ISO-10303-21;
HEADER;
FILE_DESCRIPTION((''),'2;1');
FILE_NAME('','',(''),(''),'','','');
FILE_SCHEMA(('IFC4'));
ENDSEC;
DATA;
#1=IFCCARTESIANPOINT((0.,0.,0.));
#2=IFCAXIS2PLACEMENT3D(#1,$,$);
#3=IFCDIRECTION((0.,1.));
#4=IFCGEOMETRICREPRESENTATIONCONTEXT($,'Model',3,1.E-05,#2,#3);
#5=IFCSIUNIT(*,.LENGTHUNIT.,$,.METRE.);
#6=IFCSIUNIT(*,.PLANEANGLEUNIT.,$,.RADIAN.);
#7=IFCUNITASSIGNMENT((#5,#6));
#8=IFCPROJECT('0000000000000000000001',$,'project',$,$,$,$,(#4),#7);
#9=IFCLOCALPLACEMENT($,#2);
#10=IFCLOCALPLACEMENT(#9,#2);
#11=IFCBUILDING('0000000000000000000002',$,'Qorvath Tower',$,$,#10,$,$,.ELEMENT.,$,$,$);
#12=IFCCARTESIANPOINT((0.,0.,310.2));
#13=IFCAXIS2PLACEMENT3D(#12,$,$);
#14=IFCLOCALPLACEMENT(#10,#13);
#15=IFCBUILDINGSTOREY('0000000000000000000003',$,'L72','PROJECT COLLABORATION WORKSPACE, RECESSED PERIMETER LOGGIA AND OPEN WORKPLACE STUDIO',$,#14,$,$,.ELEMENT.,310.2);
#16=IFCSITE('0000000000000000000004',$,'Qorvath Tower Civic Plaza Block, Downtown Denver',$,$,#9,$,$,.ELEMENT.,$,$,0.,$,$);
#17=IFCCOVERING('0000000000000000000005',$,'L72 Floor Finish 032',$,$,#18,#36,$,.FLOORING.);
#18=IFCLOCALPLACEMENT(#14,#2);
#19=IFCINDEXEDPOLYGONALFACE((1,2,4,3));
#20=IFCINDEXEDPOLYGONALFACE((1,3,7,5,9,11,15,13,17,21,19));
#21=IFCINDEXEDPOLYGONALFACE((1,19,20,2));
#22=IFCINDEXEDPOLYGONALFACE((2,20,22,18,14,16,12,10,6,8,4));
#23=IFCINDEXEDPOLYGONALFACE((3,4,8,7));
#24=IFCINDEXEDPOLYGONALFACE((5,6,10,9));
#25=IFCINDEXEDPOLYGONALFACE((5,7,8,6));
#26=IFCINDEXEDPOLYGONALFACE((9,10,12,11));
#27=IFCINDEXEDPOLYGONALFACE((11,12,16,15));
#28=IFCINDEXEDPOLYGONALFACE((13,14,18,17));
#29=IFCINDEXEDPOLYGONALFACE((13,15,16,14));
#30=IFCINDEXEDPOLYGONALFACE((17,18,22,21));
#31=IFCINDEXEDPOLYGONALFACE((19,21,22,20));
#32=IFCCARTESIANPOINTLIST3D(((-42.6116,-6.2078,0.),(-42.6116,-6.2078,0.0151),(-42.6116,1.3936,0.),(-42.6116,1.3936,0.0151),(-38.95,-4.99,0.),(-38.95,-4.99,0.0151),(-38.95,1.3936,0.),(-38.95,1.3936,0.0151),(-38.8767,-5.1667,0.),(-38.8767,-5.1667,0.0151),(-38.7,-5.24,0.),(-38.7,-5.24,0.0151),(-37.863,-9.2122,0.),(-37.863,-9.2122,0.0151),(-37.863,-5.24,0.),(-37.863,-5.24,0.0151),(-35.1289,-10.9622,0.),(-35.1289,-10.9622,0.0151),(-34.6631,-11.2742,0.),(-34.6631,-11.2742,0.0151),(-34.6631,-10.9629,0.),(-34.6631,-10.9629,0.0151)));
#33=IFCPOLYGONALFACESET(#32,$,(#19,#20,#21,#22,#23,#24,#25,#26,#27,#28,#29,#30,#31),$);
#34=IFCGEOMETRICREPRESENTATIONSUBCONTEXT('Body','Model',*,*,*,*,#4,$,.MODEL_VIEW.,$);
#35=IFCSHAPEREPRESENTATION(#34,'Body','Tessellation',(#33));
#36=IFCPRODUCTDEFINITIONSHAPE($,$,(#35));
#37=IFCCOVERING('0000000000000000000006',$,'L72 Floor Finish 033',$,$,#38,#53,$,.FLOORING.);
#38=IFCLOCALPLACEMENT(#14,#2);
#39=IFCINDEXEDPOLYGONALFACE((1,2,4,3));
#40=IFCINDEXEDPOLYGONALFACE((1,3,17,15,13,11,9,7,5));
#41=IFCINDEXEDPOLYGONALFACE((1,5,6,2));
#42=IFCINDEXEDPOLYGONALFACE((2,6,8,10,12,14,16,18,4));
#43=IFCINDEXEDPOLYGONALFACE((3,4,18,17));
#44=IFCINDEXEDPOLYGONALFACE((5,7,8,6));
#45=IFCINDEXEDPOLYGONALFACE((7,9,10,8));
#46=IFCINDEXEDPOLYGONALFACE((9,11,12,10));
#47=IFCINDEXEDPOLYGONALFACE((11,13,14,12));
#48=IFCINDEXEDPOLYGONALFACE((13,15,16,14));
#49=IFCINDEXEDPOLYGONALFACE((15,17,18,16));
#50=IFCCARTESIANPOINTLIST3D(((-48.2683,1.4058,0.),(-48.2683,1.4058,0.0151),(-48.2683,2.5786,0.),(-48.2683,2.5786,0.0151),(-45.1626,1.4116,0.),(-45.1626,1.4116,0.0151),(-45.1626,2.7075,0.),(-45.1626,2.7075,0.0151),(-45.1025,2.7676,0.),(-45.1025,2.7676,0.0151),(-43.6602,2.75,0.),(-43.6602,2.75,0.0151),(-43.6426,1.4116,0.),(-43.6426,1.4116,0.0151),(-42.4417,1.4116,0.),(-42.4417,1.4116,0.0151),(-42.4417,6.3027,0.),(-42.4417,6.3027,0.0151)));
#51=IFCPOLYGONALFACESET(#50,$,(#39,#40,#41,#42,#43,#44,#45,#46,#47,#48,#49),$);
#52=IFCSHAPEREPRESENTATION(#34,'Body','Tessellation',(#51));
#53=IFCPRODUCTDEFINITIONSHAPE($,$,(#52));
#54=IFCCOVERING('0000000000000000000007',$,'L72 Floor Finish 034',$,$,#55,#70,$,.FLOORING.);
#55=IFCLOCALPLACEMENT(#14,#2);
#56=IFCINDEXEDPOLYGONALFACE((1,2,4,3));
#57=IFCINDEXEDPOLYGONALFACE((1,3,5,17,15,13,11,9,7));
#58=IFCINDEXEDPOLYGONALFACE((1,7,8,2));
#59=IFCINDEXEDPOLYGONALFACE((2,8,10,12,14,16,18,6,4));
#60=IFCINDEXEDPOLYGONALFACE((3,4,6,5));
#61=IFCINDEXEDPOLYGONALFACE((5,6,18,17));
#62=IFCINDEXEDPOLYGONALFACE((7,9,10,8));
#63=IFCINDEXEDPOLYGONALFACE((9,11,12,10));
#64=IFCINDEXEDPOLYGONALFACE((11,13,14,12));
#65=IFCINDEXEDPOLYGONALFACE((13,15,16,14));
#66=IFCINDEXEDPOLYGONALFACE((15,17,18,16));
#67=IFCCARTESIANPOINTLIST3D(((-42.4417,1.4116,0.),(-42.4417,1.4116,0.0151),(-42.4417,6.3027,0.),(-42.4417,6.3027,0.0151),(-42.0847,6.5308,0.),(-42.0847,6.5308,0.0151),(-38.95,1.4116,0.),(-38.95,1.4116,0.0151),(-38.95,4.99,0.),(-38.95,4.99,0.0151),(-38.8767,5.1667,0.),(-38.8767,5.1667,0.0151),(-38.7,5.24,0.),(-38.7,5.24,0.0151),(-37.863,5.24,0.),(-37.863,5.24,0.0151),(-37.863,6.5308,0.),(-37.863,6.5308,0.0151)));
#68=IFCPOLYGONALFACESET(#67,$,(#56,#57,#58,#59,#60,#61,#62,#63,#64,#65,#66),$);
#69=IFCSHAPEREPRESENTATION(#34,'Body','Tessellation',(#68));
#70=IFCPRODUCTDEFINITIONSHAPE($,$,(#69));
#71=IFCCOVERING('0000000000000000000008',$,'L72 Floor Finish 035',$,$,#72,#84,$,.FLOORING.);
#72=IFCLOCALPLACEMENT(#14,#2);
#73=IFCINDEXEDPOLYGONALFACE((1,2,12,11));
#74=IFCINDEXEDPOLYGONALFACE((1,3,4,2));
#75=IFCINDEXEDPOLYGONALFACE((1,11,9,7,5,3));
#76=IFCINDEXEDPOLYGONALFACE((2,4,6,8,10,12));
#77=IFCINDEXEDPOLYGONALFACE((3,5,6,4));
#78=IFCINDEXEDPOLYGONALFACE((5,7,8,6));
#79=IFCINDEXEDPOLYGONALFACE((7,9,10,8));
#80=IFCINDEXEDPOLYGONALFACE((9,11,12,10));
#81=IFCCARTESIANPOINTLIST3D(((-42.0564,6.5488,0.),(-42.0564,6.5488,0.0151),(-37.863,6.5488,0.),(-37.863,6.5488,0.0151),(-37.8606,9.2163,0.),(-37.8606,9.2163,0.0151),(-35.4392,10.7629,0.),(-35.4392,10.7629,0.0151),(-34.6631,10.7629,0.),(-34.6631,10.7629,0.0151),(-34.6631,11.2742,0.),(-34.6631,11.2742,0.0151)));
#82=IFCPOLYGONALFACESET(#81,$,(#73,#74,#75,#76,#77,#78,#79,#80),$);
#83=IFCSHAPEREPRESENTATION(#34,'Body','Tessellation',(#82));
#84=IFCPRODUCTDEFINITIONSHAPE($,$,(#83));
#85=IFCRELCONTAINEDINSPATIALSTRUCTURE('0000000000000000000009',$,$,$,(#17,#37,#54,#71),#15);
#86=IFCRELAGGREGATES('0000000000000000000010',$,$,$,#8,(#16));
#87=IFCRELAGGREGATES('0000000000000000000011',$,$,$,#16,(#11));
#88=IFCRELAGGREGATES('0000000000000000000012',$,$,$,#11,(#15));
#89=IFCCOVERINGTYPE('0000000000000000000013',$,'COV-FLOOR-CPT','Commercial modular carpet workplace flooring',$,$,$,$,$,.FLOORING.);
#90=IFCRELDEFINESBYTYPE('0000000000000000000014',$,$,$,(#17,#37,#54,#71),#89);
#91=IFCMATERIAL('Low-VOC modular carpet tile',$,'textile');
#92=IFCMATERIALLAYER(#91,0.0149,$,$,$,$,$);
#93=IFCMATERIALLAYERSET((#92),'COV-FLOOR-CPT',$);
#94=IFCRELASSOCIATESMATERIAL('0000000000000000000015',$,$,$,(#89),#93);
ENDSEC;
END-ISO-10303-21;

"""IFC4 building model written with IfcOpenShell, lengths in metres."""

from ifc_helpers import new_model, si_unit, direction, frame, origin, place, context, subcontext, project, spatial, polyline, outline, extrude, material, layer, layer_set, type_object, element, save


model = new_model("IFC4")

# Units and contexts
model_context = context("Model", 3, precision=1e-05, world=origin(), true_north=direction((0.0, 1.0)))
body_context = subcontext(model_context, "Body", "Model", "MODEL_VIEW")
ifc_project = project(units=[si_unit("LENGTHUNIT", "METRE"), si_unit("PLANEANGLEUNIT", "RADIAN")], contexts=[model_context])

# Site, building, storey
site_placement = place(None, origin())
site = spatial("IfcSite", under=ifc_project, at=site_placement, Name="Qorvath Tower Civic Plaza Block, Downtown Denver", CompositionType="ELEMENT", RefElevation=0.0)
building_placement = place(site_placement, origin())
building = spatial("IfcBuilding", under=site, at=building_placement, Name="Qorvath Tower", CompositionType="ELEMENT")
storey_placement = place(building_placement, frame((0.0, 0.0, 310.2)))
storey = spatial("IfcBuildingStorey", under=building, at=storey_placement, Name="L72", Description="PROJECT COLLABORATION WORKSPACE, RECESSED PERIMETER LOGGIA AND OPEN WORKPLACE STUDIO", CompositionType="ELEMENT", Elevation=310.2)

# Coverings
ifc_material_1 = material(Name="Low-VOC modular carpet tile", Category="textile")
ifc_layer_1 = layer(ifc_material_1, 0.0149)
ifc_layer_set_1 = layer_set([ifc_layer_1], Name="COV-FLOOR-CPT")
covering_type_1 = type_object("IfcCoveringType", Name="COV-FLOOR-CPT", Description="Commercial modular carpet workplace flooring", PredefinedType="FLOORING", material=ifc_layer_set_1)
covering_1_placement = place(storey_placement, origin())
element("IfcCovering", 1, at=covering_1_placement, inside=storey, type_object=covering_type_1, Name="L72 Floor Finish 032", PredefinedType="FLOORING", context=body_context, shape_type="SweptSolid", body=[
    extrude(outline(polyline([(-42.6116, 1.3936), (-42.6116, -6.2078), (-34.6631, -11.2742), (-34.6631, -10.9629), (-35.1289, -10.9622), (-37.863, -9.2122), (-37.863, -5.24), (-38.7, -5.24), (-38.8767, -5.1667), (-38.95, -4.99), (-38.95, 1.3936), (-42.6116, 1.3936)])), origin(), (0.0, 0.0, 1.0), 0.0151),
])
covering_2_placement = place(storey_placement, origin())
element("IfcCovering", 2, at=covering_2_placement, inside=storey, type_object=covering_type_1, Name="L72 Floor Finish 033", PredefinedType="FLOORING", context=body_context, shape_type="SweptSolid", body=[
    extrude(outline(polyline([(-42.4417, 1.4116), (-42.4417, 6.3027), (-48.2683, 2.5786), (-48.2683, 1.4058), (-45.1626, 1.4116), (-45.1626, 2.7075), (-45.1025, 2.7676), (-43.6602, 2.75), (-43.6426, 1.4116), (-42.4417, 1.4116)])), origin(), (0.0, 0.0, 1.0), 0.0151),
])
covering_3_placement = place(storey_placement, origin())
element("IfcCovering", 3, at=covering_3_placement, inside=storey, type_object=covering_type_1, Name="L72 Floor Finish 034", PredefinedType="FLOORING", context=body_context, shape_type="SweptSolid", body=[
    extrude(outline(polyline([(-37.863, 5.24), (-37.863, 6.5308), (-42.0847, 6.5308), (-42.4417, 6.3027), (-42.4417, 1.4116), (-38.95, 1.4116), (-38.95, 4.99), (-38.8767, 5.1667), (-38.7, 5.24), (-37.863, 5.24)])), origin(), (0.0, 0.0, 1.0), 0.0151),
])
covering_4_placement = place(storey_placement, origin())
element("IfcCovering", 4, at=covering_4_placement, inside=storey, type_object=covering_type_1, Name="L72 Floor Finish 035", PredefinedType="FLOORING", context=body_context, shape_type="SweptSolid", body=[
    extrude(outline(polyline([(-34.6631, 10.7629), (-34.6631, 11.2742), (-42.0564, 6.5488), (-37.863, 6.5488), (-37.8606, 9.2163), (-35.4392, 10.7629), (-34.6631, 10.7629)])), origin(), (0.0, 0.0, 1.0), 0.0151),
])

save(model, "model.ifc")
